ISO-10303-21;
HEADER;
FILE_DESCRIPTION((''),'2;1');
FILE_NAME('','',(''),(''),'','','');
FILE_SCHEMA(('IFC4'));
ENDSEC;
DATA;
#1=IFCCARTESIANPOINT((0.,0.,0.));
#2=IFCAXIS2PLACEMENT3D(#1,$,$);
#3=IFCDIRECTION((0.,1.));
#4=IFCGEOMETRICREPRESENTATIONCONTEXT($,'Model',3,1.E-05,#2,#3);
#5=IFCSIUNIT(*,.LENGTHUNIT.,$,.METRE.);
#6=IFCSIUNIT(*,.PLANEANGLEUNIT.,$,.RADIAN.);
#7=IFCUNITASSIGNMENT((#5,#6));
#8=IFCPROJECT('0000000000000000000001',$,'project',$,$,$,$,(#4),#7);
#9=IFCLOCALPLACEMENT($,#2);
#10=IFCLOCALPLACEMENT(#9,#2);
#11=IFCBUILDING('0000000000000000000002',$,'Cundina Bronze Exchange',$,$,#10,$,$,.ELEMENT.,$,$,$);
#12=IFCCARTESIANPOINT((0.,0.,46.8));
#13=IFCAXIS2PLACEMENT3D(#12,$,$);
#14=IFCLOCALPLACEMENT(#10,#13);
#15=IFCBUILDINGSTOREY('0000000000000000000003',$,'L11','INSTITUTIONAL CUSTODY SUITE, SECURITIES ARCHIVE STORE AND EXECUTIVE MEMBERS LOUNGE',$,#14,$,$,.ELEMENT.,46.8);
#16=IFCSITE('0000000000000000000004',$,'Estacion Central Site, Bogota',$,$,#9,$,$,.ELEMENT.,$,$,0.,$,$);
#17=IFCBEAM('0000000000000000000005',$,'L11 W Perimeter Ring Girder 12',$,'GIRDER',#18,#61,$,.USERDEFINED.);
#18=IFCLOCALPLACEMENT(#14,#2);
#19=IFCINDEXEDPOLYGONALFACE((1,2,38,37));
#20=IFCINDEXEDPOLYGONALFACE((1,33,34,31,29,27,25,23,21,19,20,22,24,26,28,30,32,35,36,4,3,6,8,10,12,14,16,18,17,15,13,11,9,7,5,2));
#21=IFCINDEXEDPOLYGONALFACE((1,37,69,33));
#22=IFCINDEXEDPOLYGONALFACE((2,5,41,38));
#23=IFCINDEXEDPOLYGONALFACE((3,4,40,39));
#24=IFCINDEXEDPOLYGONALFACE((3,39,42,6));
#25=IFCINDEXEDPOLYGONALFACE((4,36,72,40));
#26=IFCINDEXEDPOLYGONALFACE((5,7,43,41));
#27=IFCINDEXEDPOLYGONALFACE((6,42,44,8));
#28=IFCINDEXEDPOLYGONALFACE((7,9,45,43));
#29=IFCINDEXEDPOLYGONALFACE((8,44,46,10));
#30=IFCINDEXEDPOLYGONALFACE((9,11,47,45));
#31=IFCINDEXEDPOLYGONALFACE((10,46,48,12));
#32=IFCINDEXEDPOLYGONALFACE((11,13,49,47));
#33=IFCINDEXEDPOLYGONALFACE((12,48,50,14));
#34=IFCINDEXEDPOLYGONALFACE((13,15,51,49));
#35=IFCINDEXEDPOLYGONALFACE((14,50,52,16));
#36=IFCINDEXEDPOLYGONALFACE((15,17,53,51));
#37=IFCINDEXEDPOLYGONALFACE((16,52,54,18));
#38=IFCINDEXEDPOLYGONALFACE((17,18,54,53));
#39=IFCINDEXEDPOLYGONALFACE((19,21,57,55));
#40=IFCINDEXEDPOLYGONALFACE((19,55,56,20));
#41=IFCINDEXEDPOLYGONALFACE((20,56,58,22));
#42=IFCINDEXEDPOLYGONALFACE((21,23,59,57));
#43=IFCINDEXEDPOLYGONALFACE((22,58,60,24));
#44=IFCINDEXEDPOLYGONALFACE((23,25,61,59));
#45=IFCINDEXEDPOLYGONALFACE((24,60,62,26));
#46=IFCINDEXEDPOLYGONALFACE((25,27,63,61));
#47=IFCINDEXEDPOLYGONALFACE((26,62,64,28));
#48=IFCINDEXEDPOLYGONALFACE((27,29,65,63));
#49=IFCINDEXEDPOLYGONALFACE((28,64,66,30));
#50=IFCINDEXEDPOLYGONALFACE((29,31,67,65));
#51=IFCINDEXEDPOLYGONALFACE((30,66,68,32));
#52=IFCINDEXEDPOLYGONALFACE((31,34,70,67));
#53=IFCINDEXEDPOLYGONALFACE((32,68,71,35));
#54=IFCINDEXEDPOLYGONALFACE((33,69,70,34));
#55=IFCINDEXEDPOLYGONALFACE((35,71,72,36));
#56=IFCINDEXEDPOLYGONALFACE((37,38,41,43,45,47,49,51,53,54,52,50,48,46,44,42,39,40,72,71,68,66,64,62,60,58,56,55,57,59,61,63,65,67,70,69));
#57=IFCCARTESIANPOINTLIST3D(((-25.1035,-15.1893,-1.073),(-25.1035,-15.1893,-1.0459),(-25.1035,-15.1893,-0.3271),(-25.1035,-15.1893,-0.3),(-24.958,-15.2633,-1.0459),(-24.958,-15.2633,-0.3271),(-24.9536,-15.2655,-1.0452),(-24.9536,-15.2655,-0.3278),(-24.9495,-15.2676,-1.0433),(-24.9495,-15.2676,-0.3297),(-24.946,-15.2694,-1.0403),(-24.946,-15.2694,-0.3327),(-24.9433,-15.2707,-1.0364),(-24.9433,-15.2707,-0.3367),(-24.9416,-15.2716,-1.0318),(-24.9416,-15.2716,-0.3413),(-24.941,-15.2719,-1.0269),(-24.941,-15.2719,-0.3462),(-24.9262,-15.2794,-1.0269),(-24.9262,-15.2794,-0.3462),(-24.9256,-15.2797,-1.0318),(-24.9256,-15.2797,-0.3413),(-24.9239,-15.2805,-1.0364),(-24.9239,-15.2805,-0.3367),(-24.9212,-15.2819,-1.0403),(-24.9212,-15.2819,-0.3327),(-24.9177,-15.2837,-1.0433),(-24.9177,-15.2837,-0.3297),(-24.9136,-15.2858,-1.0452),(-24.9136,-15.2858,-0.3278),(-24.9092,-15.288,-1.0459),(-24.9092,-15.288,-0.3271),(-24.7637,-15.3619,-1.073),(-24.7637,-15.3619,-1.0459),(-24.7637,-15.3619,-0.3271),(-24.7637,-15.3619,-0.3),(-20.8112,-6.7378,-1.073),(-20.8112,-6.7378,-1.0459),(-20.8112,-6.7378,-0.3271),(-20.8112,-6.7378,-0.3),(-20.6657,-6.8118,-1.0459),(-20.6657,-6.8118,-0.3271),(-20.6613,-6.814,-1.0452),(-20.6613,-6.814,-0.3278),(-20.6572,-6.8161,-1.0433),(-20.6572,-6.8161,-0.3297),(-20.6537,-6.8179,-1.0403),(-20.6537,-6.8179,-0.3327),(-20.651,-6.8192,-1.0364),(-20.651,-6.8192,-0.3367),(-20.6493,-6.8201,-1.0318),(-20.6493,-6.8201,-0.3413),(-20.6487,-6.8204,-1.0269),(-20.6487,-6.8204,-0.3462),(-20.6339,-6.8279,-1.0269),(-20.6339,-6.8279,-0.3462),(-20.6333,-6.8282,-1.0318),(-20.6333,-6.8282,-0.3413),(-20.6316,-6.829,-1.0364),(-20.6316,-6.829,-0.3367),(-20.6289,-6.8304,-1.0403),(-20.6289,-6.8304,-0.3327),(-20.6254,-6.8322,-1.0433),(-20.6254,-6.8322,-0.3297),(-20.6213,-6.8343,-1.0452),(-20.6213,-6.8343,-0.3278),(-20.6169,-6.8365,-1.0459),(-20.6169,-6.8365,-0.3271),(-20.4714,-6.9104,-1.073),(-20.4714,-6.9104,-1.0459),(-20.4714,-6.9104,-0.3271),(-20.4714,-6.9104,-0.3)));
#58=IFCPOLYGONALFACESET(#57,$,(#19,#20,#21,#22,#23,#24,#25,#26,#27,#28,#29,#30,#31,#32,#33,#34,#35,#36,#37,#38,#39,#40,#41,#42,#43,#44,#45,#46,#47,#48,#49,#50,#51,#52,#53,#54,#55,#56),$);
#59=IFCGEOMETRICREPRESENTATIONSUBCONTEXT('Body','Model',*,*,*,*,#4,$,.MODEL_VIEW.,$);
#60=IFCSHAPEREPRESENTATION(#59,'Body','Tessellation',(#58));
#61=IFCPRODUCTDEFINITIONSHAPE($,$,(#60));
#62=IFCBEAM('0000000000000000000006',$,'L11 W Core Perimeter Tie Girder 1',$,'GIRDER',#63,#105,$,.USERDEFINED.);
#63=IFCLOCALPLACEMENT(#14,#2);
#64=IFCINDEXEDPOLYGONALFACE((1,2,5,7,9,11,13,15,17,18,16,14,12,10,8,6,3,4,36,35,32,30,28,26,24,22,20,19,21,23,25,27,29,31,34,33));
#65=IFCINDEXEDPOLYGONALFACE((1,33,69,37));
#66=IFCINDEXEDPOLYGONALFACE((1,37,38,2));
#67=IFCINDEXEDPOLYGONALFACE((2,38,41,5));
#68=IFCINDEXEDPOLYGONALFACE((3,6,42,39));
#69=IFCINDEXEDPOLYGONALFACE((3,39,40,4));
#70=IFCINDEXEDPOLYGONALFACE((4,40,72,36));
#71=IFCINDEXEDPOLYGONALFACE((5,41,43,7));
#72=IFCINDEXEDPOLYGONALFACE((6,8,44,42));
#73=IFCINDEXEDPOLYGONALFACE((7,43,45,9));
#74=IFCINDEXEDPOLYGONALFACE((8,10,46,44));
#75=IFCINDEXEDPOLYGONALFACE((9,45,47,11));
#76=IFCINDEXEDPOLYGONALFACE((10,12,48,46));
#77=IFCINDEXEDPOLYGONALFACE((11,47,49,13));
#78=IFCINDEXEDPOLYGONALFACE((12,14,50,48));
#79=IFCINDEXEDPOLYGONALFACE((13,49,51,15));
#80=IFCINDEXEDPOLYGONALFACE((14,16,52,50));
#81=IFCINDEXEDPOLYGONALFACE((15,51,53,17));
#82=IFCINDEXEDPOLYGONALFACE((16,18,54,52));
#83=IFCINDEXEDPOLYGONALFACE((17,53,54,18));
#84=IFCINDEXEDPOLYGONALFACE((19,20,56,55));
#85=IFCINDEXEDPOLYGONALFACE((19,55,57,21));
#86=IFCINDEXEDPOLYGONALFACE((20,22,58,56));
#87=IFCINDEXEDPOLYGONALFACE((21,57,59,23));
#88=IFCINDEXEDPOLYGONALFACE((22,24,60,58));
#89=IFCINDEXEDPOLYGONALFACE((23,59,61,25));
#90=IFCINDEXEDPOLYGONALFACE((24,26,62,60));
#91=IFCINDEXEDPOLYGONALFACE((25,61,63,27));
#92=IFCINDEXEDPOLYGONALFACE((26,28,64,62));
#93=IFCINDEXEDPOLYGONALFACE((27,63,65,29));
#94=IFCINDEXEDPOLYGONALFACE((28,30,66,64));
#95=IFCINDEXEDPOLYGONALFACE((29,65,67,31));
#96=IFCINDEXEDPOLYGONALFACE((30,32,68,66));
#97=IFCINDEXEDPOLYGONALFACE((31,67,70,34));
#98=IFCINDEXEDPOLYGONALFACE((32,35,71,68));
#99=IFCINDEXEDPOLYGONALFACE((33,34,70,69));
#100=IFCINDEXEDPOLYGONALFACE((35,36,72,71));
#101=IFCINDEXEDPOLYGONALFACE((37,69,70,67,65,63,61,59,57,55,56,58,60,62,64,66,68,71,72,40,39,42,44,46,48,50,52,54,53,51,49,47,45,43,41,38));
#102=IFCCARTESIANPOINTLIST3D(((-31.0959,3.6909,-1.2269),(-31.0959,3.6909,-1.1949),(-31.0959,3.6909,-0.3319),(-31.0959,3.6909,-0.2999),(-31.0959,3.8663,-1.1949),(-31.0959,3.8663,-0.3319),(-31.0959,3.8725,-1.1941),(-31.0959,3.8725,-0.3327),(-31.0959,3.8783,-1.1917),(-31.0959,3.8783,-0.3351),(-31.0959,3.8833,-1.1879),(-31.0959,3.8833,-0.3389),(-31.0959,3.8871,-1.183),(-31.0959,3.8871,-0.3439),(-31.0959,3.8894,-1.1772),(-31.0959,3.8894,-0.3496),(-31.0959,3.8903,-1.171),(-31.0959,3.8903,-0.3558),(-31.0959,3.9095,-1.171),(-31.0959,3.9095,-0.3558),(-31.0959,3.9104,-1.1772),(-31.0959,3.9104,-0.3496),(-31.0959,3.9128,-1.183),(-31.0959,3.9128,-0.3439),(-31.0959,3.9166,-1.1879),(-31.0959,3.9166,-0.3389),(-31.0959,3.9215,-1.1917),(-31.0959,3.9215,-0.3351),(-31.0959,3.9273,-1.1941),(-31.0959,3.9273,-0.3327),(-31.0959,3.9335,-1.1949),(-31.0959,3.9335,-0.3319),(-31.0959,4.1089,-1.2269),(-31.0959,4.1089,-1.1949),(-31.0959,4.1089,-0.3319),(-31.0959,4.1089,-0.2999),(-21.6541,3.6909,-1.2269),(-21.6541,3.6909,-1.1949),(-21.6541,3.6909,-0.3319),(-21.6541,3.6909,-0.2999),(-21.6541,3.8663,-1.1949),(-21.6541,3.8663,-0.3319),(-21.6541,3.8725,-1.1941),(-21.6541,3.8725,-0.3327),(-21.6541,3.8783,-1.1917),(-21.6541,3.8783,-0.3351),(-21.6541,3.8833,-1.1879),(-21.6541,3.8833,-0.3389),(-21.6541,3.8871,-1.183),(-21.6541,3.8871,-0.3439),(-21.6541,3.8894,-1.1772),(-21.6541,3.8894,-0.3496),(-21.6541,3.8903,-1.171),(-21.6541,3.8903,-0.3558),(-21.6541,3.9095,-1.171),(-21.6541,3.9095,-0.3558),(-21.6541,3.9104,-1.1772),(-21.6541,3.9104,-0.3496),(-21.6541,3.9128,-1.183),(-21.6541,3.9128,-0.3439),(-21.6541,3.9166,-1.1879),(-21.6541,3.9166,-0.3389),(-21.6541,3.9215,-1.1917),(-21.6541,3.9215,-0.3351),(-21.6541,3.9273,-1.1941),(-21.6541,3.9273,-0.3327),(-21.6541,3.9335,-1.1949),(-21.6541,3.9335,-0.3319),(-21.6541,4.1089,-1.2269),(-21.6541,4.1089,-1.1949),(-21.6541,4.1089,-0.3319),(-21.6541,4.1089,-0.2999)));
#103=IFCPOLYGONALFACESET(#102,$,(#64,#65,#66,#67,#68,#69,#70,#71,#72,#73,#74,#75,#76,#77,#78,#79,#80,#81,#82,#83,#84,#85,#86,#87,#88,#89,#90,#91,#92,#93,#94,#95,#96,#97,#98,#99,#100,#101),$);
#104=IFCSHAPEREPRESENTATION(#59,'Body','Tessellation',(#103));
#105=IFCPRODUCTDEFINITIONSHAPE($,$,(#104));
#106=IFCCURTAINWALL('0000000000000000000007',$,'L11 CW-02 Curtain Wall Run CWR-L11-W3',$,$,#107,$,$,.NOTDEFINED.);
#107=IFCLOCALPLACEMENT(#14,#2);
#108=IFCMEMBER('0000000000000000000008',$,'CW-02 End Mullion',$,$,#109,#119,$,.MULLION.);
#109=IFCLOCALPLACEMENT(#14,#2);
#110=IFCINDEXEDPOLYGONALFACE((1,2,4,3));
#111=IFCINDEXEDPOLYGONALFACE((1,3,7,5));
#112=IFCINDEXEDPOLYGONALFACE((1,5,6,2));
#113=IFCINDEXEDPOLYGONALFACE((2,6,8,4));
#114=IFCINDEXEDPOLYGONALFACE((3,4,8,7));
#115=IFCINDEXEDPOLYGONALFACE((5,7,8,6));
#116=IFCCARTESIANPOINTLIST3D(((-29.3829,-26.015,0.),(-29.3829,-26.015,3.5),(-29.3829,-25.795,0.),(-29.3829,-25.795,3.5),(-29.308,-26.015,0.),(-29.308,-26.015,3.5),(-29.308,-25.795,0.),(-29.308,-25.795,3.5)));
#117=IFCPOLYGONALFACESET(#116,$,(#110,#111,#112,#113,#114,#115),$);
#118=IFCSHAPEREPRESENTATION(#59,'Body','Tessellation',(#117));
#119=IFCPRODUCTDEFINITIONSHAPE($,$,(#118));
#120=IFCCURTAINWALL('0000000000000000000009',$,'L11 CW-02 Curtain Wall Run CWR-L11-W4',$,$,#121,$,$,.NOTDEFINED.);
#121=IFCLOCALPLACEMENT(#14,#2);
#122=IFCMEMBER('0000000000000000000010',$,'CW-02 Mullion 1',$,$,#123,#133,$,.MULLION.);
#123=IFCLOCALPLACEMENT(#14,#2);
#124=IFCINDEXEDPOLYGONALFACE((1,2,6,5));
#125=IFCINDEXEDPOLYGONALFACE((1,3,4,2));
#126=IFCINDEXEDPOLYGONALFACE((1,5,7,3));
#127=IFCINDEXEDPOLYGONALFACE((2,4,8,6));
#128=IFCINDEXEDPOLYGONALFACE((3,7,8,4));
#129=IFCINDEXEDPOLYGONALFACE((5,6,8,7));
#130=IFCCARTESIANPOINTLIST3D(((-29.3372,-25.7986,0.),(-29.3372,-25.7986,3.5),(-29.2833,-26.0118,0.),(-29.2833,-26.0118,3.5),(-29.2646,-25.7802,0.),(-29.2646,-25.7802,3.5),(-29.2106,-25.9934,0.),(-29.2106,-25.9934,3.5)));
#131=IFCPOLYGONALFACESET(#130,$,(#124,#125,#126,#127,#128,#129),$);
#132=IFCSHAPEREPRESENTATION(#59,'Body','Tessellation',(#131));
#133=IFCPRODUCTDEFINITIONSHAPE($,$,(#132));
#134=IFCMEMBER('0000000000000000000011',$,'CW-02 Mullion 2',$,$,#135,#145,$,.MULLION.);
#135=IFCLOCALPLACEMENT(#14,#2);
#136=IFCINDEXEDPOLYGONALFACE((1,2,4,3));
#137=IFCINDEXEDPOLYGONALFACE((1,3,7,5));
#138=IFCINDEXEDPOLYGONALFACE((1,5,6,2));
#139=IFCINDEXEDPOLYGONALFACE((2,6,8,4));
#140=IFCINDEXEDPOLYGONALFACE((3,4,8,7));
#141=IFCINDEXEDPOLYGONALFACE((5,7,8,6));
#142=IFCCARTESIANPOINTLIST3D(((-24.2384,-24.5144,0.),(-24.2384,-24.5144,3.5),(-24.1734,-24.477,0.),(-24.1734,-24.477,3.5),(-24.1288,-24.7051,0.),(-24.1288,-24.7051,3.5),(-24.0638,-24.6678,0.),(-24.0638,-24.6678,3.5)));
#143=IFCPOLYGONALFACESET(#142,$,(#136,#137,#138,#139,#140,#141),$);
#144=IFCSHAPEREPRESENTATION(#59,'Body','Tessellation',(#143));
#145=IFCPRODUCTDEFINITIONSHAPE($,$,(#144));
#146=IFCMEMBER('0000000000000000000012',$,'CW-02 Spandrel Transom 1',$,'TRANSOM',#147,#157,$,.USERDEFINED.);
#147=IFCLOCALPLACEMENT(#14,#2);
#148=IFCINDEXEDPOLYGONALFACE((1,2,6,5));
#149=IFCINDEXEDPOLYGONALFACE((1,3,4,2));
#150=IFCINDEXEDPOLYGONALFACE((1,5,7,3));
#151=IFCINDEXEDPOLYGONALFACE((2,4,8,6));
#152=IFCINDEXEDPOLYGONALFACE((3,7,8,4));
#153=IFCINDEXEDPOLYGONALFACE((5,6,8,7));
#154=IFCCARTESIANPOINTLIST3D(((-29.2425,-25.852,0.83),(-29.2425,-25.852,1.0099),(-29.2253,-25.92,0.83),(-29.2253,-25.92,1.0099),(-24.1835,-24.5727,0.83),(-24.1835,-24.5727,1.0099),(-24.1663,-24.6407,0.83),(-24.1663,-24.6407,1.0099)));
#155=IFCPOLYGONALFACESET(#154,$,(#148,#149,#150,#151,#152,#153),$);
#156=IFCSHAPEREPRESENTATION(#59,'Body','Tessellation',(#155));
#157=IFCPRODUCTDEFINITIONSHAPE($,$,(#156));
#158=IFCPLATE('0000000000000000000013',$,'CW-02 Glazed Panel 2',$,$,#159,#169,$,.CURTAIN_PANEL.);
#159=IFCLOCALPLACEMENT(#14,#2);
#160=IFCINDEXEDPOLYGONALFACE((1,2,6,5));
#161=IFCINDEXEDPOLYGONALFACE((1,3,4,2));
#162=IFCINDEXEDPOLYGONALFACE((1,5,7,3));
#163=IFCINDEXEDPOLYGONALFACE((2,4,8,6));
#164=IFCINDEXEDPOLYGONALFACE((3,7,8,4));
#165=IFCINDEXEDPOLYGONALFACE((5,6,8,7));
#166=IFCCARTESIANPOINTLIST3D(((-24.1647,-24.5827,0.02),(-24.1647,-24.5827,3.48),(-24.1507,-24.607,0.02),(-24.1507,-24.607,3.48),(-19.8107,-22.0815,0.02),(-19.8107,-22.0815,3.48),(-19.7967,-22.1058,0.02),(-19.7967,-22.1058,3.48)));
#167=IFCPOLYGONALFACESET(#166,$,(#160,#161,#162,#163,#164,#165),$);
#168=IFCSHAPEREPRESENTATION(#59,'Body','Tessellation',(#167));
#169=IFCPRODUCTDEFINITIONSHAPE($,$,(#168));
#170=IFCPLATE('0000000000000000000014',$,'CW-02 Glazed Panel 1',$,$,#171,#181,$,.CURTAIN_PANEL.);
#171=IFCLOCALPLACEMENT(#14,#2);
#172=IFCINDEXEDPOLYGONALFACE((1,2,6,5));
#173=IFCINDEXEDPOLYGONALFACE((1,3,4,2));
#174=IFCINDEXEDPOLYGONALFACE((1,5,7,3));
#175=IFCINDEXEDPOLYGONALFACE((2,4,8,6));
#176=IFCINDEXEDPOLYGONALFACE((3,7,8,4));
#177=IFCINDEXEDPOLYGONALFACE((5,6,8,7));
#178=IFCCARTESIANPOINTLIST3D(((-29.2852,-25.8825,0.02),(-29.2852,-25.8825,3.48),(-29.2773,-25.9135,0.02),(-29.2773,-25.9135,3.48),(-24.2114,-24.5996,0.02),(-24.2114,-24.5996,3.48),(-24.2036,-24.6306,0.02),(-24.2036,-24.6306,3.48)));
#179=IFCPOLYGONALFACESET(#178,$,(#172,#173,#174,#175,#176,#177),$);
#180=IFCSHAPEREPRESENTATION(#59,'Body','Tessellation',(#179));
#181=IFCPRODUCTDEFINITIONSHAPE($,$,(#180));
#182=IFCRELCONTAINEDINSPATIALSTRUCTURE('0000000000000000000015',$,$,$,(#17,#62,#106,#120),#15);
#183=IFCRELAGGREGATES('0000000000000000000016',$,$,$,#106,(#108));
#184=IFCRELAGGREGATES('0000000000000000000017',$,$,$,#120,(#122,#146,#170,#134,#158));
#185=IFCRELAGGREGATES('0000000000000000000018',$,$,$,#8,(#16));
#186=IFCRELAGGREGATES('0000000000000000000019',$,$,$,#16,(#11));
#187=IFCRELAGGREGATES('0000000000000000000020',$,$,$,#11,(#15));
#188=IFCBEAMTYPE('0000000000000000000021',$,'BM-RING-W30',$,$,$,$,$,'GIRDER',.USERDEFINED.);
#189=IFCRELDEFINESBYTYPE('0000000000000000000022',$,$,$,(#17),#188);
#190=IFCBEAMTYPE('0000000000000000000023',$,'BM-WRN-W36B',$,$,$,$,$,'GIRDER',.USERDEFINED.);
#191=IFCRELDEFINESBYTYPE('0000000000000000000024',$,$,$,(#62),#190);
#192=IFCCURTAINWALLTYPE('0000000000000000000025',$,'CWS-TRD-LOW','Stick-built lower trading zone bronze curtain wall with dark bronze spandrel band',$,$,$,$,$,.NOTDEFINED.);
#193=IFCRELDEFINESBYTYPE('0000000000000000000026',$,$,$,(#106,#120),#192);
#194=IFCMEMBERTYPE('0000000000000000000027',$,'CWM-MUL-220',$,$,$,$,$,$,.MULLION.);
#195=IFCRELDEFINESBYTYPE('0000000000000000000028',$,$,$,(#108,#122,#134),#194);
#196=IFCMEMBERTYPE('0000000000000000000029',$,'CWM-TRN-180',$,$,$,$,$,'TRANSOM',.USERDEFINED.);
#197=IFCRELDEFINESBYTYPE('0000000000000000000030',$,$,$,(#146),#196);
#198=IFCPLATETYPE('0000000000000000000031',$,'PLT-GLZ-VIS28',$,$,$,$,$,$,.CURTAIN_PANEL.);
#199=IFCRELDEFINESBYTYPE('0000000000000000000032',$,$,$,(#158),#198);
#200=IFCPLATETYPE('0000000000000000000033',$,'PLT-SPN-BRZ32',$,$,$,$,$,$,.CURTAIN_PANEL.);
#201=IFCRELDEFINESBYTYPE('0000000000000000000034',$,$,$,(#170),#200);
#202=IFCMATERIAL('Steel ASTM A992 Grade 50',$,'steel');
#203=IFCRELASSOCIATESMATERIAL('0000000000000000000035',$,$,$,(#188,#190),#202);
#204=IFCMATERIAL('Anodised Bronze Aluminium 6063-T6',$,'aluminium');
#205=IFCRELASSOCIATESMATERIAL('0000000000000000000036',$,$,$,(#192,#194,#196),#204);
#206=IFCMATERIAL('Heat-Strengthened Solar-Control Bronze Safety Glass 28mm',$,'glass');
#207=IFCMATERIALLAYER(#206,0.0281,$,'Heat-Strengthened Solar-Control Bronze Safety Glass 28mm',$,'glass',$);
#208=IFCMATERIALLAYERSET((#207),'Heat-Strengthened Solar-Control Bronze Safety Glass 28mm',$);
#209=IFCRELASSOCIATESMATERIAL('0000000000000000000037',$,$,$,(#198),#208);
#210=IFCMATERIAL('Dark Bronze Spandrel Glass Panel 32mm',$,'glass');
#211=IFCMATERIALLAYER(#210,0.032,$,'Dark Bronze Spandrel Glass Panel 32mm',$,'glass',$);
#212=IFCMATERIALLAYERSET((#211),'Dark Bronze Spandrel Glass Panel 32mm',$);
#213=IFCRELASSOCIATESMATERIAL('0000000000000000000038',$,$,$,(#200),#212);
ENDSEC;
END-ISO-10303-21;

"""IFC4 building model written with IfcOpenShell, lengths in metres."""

from ifc_helpers import new_model, si_unit, direction, frame, origin, origin_2d, place, context, subcontext, project, spatial, rectangle, i_section, extrude, material, layer, layer_set, material_profile, profile_set, type_object, element, aggregate, save


model = new_model("IFC4")

# Units and contexts
model_context = context("Model", 3, precision=1e-05, world=origin(), true_north=direction((0.0, 1.0)))
body_context = subcontext(model_context, "Body", "Model", "MODEL_VIEW")
ifc_project = project(units=[si_unit("LENGTHUNIT", "METRE"), si_unit("PLANEANGLEUNIT", "RADIAN")], contexts=[model_context])

# Site, building, storey
site_placement = place(None, origin())
site = spatial("IfcSite", under=ifc_project, at=site_placement, Name="Estacion Central Site, Bogota", CompositionType="ELEMENT", RefElevation=0.0)
building_placement = place(site_placement, origin())
building = spatial("IfcBuilding", under=site, at=building_placement, Name="Cundina Bronze Exchange", CompositionType="ELEMENT")
storey_placement = place(building_placement, frame((0.0, 0.0, 46.8)))
storey = spatial("IfcBuildingStorey", under=building, at=storey_placement, Name="L11", Description="INSTITUTIONAL CUSTODY SUITE, SECURITIES ARCHIVE STORE AND EXECUTIVE MEMBERS LOUNGE", CompositionType="ELEMENT", Elevation=46.8)

# Shared definitions
ifc_material_1 = material(Name="Steel ASTM A992 Grade 50", Category="steel")

# Beams
ifc_material_profile_1 = material_profile(ifc_material_1, i_section(OverallWidth=0.3811, OverallDepth=0.7729, WebThickness=0.0166, FlangeThickness=0.0271, FilletRadius=0.019, at=origin_2d()), Name="W30X173", Category="steel")
ifc_profile_set_1 = profile_set([ifc_material_profile_1], Name="Steel ASTM A992 Grade 50")
beam_type_1 = type_object("IfcBeamType", Name="BM-RING-W30", ElementType="GIRDER", PredefinedType="USERDEFINED", material=ifc_profile_set_1)
beam_1_placement = place(storey_placement, frame((-24.9336, -15.2756, -0.6865), z_axis=(0.45282, 0.891602, 0.0), x_axis=(-0.891602, 0.45282, 0.0)))
element("IfcBeam", 1, at=beam_1_placement, inside=storey, type_object=beam_type_1, Name="L11 W Perimeter Ring Girder 12", ObjectType="GIRDER", PredefinedType="USERDEFINED", context=body_context, shape_type="SweptSolid", body=[
    extrude(i_section(OverallWidth=0.3811, OverallDepth=0.7729, WebThickness=0.0166, FlangeThickness=0.0271, FilletRadius=0.019, at=origin_2d()), origin(), (0.0, 0.0, 1.0), 9.479),
])
ifc_material_profile_2 = material_profile(ifc_material_1, i_section(OverallWidth=0.418, OverallDepth=0.927, WebThickness=0.0193, FlangeThickness=0.032, FilletRadius=0.0239, at=origin_2d()), Name="W36X231", Category="steel")
ifc_profile_set_2 = profile_set([ifc_material_profile_2], Name="Steel ASTM A992 Grade 50")
beam_type_2 = type_object("IfcBeamType", Name="BM-WRN-W36B", ElementType="GIRDER", PredefinedType="USERDEFINED", material=ifc_profile_set_2)
beam_2_placement = place(storey_placement, frame((-31.0959, 3.8999, -0.7634), z_axis=(1.0, 0.0, 0.0), x_axis=(0.0, 1.0, 0.0)))
element("IfcBeam", 2, at=beam_2_placement, inside=storey, type_object=beam_type_2, Name="L11 W Core Perimeter Tie Girder 1", ObjectType="GIRDER", PredefinedType="USERDEFINED", context=body_context, shape_type="SweptSolid", body=[
    extrude(i_section(OverallWidth=0.418, OverallDepth=0.927, WebThickness=0.0193, FlangeThickness=0.032, FilletRadius=0.0239, at=origin_2d()), origin(), (0.0, 0.0, 1.0), 9.4419),
])

# Curtain wall, member
ifc_material_2 = material(Name="Anodised Bronze Aluminium 6063-T6", Category="aluminium")
curtain_wall_type = type_object("IfcCurtainWallType", Name="CWS-TRD-LOW", Description="Stick-built lower trading zone bronze curtain wall with dark bronze spandrel band", PredefinedType="NOTDEFINED", material=ifc_material_2)
curtain_wall_1_placement = place(storey_placement, origin())
curtain_wall_1 = element("IfcCurtainWall", 3, at=curtain_wall_1_placement, inside=storey, type_object=curtain_wall_type, Name="L11 CW-02 Curtain Wall Run CWR-L11-W3", PredefinedType="NOTDEFINED")
ifc_material_profile_3 = material_profile(ifc_material_2, rectangle(XDim=0.075, YDim=0.22, at=origin_2d()), Name="AL75X220", Category="aluminium")
ifc_profile_set_3 = profile_set([ifc_material_profile_3], Name="Anodised Bronze Aluminium 6063-T6")
member_type_1 = type_object("IfcMemberType", Name="CWM-MUL-220", PredefinedType="MULLION", material=ifc_profile_set_3)
member_1_placement = place(storey_placement, frame((-29.3455, -25.905, 0.0), z_axis=(0.0, 0.0, 1.0), x_axis=(1.0, 0.0, 0.0)))
member_1 = element("IfcMember", 4, at=member_1_placement, type_object=member_type_1, Name="CW-02 End Mullion", PredefinedType="MULLION", context=body_context, shape_type="SweptSolid", body=[
    extrude(rectangle(XDim=0.075, YDim=0.22, at=origin_2d()), origin(), (0.0, 0.0, 1.0), 3.5),
])
aggregate(curtain_wall_1, [member_1])

# Curtain wall, members, plates
curtain_wall_2_placement = place(storey_placement, origin())
curtain_wall_2 = element("IfcCurtainWall", 5, at=curtain_wall_2_placement, inside=storey, type_object=curtain_wall_type, Name="L11 CW-02 Curtain Wall Run CWR-L11-W4", PredefinedType="NOTDEFINED")
member_2_placement = place(storey_placement, frame((-29.2739, -25.896, 0.0), z_axis=(0.0, 0.0, 1.0), x_axis=(0.969488, 0.245138, 0.0)))
member_2 = element("IfcMember", 6, at=member_2_placement, type_object=member_type_1, Name="CW-02 Mullion 1", PredefinedType="MULLION", context=body_context, shape_type="SweptSolid", body=[
    extrude(rectangle(XDim=0.075, YDim=0.22, at=origin_2d()), origin(), (0.0, 0.0, 1.0), 3.5),
])
member_3_placement = place(storey_placement, frame((-24.1511, -24.5911, 0.0), z_axis=(0.0, 0.0, 1.0), x_axis=(0.867071, 0.498185, 0.0)))
member_3 = element("IfcMember", 7, at=member_3_placement, type_object=member_type_1, Name="CW-02 Mullion 2", PredefinedType="MULLION", context=body_context, shape_type="SweptSolid", body=[
    extrude(rectangle(XDim=0.075, YDim=0.22, at=origin_2d()), origin(), (0.0, 0.0, 1.0), 3.5),
])
ifc_material_profile_4 = material_profile(ifc_material_2, rectangle(XDim=0.0701, YDim=0.1799, at=origin_2d()), Name="AL70X180", Category="aluminium")
ifc_profile_set_4 = profile_set([ifc_material_profile_4], Name="Anodised Bronze Aluminium 6063-T6")
member_type_2 = type_object("IfcMemberType", Name="CWM-TRN-180", ElementType="TRANSOM", PredefinedType="USERDEFINED", material=ifc_profile_set_4)
member_4_placement = place(storey_placement, frame((-29.2339, -25.886, 0.9199), z_axis=(0.969484, 0.245155, 0.0), x_axis=(-0.245155, 0.969484, 0.0)))
member_4 = element("IfcMember", 8, at=member_4_placement, type_object=member_type_2, Name="CW-02 Spandrel Transom 1", ObjectType="TRANSOM", PredefinedType="USERDEFINED", context=body_context, shape_type="SweptSolid", body=[
    extrude(rectangle(XDim=0.0701, YDim=0.1799, at=origin_2d()), origin(), (0.0, 0.0, 1.0), 5.2183),
])
ifc_material_3 = material(Name="Heat-Strengthened Solar-Control Bronze Safety Glass 28mm", Category="glass")
ifc_layer_1 = layer(ifc_material_3, 0.0281, Name="Heat-Strengthened Solar-Control Bronze Safety Glass 28mm", Category="glass")
ifc_layer_set_1 = layer_set([ifc_layer_1], Name="Heat-Strengthened Solar-Control Bronze Safety Glass 28mm")
plate_type_1 = type_object("IfcPlateType", Name="PLT-GLZ-VIS28", PredefinedType="CURTAIN_PANEL", material=ifc_layer_set_1)
plate_1_placement = place(storey_placement, frame((-21.9807, -23.3442, 0.02), z_axis=(0.0, 0.0, 1.0), x_axis=(0.867105, 0.498125, 0.0)))
plate_1 = element("IfcPlate", 9, at=plate_1_placement, type_object=plate_type_1, Name="CW-02 Glazed Panel 2", PredefinedType="CURTAIN_PANEL", context=body_context, shape_type="SweptSolid", body=[
    extrude(rectangle(XDim=5.0212, YDim=0.0281, at=origin_2d()), origin(), (0.0, 0.0, 1.0), 3.46),
])
ifc_material_4 = material(Name="Dark Bronze Spandrel Glass Panel 32mm", Category="glass")
ifc_layer_2 = layer(ifc_material_4, 0.032, Name="Dark Bronze Spandrel Glass Panel 32mm", Category="glass")
ifc_layer_set_2 = layer_set([ifc_layer_2], Name="Dark Bronze Spandrel Glass Panel 32mm")
plate_type_2 = type_object("IfcPlateType", Name="PLT-SPN-BRZ32", PredefinedType="CURTAIN_PANEL", material=ifc_layer_set_2)
plate_2_placement = place(storey_placement, frame((-26.7444, -25.2566, 0.02), z_axis=(0.0, 0.0, 1.0), x_axis=(0.969488, 0.245138, 0.0)))
plate_2 = element("IfcPlate", 10, at=plate_2_placement, type_object=plate_type_2, Name="CW-02 Glazed Panel 1", PredefinedType="CURTAIN_PANEL", context=body_context, shape_type="SweptSolid", body=[
    extrude(rectangle(XDim=5.2334, YDim=0.032, at=origin_2d()), origin(), (0.0, 0.0, 1.0), 3.46),
])
aggregate(curtain_wall_2, [member_2, member_4, plate_2, member_3, plate_1])

save(model, "model.ifc")
